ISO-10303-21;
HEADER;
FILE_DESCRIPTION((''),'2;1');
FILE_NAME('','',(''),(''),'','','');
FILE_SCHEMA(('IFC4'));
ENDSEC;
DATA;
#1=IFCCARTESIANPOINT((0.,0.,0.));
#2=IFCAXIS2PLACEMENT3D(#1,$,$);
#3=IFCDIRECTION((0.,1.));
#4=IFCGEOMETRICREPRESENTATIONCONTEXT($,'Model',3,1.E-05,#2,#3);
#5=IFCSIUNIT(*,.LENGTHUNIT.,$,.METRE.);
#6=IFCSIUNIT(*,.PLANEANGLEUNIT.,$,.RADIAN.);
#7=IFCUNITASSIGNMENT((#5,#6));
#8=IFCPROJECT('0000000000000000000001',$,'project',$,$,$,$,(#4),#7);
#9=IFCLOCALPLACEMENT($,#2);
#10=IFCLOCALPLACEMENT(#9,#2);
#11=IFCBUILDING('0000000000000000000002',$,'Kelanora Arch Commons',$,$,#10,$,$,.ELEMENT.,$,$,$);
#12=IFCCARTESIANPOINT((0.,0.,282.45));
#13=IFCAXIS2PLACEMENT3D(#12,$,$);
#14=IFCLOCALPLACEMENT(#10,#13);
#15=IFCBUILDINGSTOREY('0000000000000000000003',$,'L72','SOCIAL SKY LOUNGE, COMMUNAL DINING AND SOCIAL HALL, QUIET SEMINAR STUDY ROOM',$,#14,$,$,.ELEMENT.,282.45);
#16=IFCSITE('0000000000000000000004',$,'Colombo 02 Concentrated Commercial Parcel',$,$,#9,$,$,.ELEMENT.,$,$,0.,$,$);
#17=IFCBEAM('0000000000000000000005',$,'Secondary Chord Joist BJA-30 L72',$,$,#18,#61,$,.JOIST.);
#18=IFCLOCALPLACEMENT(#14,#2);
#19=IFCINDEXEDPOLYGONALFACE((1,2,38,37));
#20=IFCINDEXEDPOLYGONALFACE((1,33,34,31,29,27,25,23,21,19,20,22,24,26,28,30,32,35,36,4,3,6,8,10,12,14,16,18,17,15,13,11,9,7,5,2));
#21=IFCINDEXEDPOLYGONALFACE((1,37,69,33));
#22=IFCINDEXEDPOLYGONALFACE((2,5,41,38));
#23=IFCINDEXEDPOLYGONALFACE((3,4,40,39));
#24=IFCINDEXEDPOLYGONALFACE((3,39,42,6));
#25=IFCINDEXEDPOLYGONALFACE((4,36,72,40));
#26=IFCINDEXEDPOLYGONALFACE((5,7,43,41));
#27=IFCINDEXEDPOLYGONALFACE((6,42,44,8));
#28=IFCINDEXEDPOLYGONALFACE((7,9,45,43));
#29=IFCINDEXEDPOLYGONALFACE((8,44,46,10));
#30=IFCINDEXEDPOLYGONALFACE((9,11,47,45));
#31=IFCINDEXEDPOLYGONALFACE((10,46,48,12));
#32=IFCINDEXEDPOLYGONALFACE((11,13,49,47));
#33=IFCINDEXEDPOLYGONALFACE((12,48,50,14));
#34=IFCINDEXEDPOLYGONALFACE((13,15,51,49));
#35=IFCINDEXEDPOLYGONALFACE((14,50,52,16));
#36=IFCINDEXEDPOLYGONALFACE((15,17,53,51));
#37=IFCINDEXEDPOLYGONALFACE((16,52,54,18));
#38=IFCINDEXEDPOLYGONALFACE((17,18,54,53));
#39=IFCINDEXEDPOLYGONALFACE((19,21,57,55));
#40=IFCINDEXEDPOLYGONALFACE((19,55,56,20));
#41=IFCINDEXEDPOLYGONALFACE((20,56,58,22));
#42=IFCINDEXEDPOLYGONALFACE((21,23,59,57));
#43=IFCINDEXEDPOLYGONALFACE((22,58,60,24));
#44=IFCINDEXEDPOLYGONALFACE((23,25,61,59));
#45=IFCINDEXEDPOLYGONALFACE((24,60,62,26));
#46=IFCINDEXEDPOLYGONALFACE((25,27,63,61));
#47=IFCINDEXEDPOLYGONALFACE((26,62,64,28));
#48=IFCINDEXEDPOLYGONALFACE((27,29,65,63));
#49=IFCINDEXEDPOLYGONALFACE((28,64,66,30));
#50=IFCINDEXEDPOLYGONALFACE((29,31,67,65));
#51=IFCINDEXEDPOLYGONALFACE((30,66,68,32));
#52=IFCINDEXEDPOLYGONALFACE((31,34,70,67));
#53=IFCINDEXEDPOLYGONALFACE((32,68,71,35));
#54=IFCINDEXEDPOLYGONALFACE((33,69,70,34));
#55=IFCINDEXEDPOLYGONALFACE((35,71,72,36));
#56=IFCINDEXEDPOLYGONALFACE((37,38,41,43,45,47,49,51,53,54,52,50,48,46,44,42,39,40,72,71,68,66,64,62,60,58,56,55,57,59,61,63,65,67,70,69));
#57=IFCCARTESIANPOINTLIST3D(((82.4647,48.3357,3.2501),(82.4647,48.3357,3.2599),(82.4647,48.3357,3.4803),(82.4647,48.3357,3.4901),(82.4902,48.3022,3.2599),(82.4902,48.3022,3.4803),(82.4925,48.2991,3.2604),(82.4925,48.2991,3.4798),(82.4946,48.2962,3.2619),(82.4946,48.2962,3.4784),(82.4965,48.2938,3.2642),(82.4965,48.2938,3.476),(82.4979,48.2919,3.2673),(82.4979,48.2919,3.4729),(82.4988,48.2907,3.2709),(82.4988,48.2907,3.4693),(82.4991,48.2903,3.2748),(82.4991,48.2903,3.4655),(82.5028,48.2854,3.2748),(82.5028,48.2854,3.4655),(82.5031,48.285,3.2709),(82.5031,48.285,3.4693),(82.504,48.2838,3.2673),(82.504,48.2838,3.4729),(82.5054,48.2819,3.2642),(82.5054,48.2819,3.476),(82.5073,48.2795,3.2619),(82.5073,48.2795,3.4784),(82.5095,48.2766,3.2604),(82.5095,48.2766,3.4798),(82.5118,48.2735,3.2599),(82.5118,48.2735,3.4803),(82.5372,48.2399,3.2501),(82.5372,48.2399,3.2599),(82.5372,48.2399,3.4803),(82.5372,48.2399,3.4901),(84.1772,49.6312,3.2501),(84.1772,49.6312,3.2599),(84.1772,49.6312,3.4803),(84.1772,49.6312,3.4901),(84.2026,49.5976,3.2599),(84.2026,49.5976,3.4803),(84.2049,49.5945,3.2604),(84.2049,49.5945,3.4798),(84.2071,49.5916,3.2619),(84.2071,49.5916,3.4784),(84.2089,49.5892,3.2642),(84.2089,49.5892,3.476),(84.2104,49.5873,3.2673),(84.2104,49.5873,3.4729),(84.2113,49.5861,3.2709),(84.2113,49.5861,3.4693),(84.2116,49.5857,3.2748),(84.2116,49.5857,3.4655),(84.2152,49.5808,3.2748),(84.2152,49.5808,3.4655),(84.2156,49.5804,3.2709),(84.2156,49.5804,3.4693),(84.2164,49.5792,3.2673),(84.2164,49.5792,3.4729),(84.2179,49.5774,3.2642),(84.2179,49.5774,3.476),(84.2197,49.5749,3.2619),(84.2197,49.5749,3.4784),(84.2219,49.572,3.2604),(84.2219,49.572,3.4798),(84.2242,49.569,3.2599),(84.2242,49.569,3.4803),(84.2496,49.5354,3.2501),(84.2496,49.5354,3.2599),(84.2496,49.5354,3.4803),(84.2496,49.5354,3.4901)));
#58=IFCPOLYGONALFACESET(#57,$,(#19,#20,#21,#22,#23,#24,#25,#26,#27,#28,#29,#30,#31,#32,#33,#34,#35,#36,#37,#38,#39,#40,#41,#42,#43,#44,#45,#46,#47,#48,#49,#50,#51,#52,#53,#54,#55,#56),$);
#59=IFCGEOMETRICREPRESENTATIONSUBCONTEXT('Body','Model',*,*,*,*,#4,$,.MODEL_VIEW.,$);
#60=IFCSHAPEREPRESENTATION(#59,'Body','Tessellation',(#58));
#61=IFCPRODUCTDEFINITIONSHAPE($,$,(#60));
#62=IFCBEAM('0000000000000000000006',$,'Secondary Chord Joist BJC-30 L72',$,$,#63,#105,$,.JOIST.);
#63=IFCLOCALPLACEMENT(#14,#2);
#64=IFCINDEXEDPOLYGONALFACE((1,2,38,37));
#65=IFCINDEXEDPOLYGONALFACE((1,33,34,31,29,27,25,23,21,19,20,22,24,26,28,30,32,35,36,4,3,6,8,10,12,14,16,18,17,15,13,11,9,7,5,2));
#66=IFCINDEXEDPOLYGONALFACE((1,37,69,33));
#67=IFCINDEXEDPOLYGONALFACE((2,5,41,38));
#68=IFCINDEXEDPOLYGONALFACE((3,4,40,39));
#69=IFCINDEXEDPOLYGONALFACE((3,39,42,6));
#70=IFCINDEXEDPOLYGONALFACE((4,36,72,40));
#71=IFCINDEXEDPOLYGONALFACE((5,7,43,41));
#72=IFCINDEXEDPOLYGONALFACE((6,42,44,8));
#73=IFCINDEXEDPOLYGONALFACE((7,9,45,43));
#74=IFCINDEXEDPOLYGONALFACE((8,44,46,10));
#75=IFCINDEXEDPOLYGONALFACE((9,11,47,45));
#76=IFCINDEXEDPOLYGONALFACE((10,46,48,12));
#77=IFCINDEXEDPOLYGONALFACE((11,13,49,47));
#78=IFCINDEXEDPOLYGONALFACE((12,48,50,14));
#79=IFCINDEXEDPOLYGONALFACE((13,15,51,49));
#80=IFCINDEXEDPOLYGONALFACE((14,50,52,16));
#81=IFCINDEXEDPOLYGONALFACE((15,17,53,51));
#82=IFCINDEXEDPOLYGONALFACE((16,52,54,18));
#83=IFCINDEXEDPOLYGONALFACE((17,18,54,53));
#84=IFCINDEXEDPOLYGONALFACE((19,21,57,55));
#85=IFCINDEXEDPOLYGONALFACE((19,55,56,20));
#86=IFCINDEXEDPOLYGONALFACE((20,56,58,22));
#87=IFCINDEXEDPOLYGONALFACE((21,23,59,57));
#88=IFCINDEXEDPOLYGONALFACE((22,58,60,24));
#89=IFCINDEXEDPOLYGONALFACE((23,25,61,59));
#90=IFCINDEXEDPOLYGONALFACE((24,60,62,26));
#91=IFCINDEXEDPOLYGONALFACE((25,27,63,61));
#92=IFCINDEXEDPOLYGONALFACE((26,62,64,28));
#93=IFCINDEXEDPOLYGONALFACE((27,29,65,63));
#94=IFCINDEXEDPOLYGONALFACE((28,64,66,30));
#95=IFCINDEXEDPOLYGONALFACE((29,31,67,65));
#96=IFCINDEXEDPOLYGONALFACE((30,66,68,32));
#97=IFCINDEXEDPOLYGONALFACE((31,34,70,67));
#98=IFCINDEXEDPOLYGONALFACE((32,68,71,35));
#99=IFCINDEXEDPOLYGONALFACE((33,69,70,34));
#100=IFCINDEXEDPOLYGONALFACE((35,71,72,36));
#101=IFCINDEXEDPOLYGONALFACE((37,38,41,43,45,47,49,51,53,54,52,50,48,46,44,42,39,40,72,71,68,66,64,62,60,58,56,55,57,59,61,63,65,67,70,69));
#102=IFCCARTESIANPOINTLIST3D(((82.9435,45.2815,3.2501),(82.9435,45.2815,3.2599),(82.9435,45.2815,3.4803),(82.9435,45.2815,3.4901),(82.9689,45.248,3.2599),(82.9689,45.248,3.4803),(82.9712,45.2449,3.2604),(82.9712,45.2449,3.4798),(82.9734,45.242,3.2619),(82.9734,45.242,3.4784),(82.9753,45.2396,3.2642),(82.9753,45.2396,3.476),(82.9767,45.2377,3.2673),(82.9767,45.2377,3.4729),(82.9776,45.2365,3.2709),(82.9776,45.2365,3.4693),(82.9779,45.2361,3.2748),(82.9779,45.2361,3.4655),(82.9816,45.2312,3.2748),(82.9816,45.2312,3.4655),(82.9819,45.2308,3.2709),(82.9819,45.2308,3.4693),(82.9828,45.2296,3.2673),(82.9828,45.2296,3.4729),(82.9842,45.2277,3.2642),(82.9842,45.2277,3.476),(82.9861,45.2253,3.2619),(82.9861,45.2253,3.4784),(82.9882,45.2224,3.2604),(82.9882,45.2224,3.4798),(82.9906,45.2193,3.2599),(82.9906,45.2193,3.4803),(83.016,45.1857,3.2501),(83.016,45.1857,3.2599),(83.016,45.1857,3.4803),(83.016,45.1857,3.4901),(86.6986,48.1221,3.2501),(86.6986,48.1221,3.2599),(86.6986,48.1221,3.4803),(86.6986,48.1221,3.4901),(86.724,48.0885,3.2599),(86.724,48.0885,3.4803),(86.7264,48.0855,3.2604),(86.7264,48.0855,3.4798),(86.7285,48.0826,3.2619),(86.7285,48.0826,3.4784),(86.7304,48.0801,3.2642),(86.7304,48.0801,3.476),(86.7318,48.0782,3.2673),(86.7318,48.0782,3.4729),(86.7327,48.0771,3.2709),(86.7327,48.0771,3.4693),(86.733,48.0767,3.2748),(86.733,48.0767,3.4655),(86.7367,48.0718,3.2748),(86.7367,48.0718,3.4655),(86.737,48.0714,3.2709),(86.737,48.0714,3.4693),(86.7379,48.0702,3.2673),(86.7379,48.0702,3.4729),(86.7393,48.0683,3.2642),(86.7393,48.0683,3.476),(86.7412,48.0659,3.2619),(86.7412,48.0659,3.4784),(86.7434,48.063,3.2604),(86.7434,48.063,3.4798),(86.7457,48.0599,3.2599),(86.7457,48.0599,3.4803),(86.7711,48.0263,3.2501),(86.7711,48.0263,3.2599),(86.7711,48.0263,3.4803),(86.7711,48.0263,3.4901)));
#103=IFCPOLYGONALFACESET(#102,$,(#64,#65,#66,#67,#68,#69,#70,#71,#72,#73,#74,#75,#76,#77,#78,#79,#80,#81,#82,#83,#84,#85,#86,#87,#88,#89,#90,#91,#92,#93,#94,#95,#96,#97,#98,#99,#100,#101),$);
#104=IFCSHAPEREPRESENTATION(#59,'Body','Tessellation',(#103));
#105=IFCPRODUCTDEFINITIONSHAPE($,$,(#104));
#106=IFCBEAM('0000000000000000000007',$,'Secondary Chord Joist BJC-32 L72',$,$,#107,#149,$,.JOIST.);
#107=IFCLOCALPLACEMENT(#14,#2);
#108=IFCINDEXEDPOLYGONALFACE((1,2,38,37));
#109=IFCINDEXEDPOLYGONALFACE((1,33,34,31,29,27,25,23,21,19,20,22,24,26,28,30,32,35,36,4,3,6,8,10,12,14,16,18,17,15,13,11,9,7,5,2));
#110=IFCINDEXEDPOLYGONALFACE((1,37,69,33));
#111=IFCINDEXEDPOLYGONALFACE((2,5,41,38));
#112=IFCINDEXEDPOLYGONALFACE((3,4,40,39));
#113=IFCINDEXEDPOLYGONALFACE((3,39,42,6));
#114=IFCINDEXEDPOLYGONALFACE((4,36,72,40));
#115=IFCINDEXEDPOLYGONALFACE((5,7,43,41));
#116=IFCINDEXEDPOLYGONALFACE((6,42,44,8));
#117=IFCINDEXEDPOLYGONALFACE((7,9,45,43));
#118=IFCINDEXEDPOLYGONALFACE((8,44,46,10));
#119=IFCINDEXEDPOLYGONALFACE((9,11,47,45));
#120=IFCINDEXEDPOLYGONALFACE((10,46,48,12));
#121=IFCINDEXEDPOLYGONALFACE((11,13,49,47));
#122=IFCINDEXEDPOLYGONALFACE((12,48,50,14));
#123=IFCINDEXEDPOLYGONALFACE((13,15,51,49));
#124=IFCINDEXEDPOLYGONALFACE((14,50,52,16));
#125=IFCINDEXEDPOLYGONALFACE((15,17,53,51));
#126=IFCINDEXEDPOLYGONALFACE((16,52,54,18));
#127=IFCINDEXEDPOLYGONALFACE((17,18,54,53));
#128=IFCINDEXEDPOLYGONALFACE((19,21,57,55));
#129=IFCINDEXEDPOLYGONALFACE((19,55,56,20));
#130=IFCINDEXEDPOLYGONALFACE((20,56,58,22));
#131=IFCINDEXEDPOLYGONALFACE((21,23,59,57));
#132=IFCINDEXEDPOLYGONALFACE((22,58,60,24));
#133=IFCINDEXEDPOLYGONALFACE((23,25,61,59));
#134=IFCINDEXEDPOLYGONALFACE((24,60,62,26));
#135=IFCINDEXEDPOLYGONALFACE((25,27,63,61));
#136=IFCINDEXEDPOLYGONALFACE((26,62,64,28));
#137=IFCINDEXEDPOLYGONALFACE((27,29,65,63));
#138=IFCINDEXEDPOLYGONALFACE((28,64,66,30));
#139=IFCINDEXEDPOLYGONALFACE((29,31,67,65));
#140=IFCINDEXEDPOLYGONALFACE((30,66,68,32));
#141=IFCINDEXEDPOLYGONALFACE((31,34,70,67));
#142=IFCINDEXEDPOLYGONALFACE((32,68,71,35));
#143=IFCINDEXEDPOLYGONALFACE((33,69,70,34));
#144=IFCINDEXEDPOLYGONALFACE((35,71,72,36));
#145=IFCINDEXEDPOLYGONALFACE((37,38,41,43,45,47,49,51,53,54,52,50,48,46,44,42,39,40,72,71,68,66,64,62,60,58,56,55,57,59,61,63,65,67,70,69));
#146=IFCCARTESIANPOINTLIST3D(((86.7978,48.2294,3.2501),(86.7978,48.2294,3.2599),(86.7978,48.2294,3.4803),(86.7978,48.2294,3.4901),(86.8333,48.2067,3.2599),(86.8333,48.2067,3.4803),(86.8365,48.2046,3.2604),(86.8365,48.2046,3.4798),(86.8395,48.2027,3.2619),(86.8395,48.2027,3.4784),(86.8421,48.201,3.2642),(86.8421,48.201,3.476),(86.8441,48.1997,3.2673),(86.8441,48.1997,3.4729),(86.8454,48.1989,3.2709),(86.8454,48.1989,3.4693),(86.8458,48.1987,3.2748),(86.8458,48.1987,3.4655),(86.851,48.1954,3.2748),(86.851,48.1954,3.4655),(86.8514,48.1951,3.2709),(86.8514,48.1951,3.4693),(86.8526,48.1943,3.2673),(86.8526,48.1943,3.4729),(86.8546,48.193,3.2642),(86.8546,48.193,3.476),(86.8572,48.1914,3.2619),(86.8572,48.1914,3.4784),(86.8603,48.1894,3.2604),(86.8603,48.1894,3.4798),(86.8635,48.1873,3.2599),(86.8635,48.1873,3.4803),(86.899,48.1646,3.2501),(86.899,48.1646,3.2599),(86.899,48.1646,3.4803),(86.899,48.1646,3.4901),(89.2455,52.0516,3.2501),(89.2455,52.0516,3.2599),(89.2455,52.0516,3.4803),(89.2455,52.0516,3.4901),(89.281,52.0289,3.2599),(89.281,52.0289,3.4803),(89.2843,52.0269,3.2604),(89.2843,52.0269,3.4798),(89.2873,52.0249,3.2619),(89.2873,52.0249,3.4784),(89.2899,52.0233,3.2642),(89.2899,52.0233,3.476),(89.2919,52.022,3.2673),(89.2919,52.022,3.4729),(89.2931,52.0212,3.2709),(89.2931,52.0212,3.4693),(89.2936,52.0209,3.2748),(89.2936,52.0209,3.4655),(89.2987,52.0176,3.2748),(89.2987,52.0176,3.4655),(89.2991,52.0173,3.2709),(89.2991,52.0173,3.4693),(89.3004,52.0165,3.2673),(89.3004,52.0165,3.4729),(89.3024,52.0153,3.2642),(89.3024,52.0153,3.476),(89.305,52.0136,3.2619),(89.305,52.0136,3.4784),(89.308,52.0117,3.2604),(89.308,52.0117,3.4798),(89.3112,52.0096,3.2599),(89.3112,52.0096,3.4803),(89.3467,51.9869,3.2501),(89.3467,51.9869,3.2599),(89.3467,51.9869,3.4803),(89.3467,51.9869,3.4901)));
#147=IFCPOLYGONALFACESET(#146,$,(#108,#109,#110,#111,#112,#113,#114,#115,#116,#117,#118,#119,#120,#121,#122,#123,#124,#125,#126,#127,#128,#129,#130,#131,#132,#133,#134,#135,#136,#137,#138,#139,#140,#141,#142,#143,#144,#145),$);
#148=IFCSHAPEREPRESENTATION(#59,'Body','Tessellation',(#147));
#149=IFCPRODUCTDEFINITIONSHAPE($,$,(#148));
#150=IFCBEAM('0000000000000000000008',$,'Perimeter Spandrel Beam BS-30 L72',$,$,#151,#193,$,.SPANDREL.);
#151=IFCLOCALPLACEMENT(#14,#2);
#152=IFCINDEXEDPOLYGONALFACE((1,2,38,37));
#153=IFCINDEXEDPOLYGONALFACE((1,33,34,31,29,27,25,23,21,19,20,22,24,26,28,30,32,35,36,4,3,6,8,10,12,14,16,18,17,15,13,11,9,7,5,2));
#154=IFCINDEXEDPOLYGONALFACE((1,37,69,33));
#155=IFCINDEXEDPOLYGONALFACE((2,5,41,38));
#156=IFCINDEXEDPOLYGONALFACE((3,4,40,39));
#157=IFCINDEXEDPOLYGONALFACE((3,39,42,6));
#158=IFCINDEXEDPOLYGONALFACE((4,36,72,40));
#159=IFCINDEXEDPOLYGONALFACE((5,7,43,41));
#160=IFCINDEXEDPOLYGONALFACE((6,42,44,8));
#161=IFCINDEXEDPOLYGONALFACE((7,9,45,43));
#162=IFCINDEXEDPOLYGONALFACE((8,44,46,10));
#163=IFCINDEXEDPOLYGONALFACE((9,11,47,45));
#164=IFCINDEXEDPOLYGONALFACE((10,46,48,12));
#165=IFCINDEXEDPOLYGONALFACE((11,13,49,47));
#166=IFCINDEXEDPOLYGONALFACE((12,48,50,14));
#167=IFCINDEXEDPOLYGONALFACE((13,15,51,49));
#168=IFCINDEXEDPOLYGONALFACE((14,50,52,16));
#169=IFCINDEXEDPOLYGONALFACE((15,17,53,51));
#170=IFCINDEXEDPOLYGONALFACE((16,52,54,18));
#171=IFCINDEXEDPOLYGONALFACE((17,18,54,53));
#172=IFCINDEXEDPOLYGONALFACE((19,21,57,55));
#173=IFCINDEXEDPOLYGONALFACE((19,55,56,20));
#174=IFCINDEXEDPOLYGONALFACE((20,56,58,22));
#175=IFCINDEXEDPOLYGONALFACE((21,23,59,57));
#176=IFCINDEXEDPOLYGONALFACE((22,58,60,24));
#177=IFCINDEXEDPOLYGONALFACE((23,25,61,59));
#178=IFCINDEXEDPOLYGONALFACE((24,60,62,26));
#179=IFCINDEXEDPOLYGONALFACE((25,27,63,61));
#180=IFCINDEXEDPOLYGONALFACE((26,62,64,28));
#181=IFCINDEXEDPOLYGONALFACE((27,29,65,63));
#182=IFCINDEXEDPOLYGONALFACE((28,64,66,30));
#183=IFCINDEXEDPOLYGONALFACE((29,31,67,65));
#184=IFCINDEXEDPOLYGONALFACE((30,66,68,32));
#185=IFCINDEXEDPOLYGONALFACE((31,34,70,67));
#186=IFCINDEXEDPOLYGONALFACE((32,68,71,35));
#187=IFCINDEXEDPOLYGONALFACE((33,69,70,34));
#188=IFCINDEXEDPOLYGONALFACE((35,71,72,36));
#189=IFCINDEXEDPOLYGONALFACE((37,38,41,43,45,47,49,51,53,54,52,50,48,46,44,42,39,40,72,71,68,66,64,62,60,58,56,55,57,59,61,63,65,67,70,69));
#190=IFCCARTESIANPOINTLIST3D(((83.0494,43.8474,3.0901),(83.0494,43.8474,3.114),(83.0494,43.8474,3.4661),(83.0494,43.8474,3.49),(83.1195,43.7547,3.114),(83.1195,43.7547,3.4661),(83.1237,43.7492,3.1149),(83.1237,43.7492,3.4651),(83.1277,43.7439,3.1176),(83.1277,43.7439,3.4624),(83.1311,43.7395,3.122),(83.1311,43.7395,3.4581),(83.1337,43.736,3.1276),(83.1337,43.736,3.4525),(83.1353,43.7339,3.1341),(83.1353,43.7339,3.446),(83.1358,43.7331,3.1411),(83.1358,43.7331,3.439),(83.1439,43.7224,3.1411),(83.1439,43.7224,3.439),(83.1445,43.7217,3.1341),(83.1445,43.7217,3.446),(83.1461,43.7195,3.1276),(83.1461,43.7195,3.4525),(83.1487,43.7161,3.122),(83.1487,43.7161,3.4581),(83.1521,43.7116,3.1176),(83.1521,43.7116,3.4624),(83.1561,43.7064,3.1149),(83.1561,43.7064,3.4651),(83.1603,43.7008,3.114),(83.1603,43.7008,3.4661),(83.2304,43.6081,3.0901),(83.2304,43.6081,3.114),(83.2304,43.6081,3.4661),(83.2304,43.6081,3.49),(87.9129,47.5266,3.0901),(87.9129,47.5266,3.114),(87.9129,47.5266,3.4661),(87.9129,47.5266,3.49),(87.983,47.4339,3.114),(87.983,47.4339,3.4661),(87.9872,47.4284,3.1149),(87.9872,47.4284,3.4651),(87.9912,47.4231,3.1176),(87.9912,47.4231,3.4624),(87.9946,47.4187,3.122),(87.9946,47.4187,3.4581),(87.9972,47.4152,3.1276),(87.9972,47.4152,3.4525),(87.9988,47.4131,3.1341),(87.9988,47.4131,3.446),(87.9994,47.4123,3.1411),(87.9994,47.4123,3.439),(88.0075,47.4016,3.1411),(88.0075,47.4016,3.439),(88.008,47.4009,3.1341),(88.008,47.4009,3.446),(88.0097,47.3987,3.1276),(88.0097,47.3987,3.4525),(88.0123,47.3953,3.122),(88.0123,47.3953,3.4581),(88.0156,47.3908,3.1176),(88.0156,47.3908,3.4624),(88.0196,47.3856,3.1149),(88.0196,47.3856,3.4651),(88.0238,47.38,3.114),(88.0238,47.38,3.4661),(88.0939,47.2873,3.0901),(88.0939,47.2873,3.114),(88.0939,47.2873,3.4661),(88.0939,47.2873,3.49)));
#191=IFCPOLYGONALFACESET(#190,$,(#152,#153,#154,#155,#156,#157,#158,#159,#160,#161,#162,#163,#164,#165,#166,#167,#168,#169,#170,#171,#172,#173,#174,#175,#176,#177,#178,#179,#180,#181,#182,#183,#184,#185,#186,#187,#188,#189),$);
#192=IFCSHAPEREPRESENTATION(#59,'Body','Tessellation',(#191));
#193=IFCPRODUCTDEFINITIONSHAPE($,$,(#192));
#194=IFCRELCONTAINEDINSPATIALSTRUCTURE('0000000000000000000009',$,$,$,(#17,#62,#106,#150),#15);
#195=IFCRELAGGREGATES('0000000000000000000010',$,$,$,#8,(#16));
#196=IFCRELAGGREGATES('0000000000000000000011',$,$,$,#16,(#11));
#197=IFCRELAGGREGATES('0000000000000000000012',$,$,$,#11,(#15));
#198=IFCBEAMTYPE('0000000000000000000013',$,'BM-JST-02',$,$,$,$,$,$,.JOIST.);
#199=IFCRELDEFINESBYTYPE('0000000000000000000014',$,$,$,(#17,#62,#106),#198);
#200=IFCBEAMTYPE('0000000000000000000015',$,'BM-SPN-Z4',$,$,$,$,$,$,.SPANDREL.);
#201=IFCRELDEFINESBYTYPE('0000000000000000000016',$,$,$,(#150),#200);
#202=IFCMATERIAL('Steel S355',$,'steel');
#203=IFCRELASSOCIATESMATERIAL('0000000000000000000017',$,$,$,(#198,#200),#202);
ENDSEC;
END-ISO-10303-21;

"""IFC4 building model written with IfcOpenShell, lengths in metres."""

from ifc_helpers import new_model, si_unit, direction, frame, origin, origin_2d, place, context, subcontext, project, spatial, i_section, extrude, material, material_profile, profile_set, type_object, element, save


model = new_model("IFC4")

# Units and contexts
model_context = context("Model", 3, precision=1e-05, world=origin(), true_north=direction((0.0, 1.0)))
body_context = subcontext(model_context, "Body", "Model", "MODEL_VIEW")
ifc_project = project(units=[si_unit("LENGTHUNIT", "METRE"), si_unit("PLANEANGLEUNIT", "RADIAN")], contexts=[model_context])

# Site, building, storey
site_placement = place(None, origin())
site = spatial("IfcSite", under=ifc_project, at=site_placement, Name="Colombo 02 Concentrated Commercial Parcel", CompositionType="ELEMENT", RefElevation=0.0)
building_placement = place(site_placement, origin())
building = spatial("IfcBuilding", under=site, at=building_placement, Name="Kelanora Arch Commons", CompositionType="ELEMENT")
storey_placement = place(building_placement, frame((0.0, 0.0, 282.45)))
storey = spatial("IfcBuildingStorey", under=building, at=storey_placement, Name="L72", Description="SOCIAL SKY LOUNGE, COMMUNAL DINING AND SOCIAL HALL, QUIET SEMINAR STUDY ROOM", CompositionType="ELEMENT", Elevation=282.45)

# Beams
ifc_material_1 = material(Name="Steel S355", Category="steel")
ifc_material_profile_1 = material_profile(ifc_material_1, i_section(OverallWidth=0.1201, OverallDepth=0.24, WebThickness=0.0061, FlangeThickness=0.0098, FilletRadius=0.0149, at=origin_2d()), Name="IPE240")
ifc_profile_set_1 = profile_set([ifc_material_profile_1], Name="Steel S355")
beam_type_1 = type_object("IfcBeamType", Name="BM-JST-02", PredefinedType="JOIST", material=ifc_profile_set_1)
beam_1_placement = place(storey_placement, frame((82.501, 48.2878, 3.3701), z_axis=(0.79751, 0.603306, 0.0), x_axis=(-0.603306, 0.79751, 0.0)))
element("IfcBeam", 1, at=beam_1_placement, inside=storey, type_object=beam_type_1, Name="Secondary Chord Joist BJA-30 L72", PredefinedType="JOIST", context=body_context, shape_type="SweptSolid", body=[
    extrude(i_section(OverallWidth=0.1201, OverallDepth=0.24, WebThickness=0.0061, FlangeThickness=0.0098, FilletRadius=0.0149, at=origin_2d()), origin(), (0.0, 0.0, 1.0), 2.1472),
])
beam_2_placement = place(storey_placement, frame((82.9797, 45.2336, 3.3701), z_axis=(0.797523, 0.603289, 0.0), x_axis=(-0.603289, 0.797523, 0.0)))
element("IfcBeam", 2, at=beam_2_placement, inside=storey, type_object=beam_type_1, Name="Secondary Chord Joist BJC-30 L72", PredefinedType="JOIST", context=body_context, shape_type="SweptSolid", body=[
    extrude(i_section(OverallWidth=0.1201, OverallDepth=0.24, WebThickness=0.0061, FlangeThickness=0.0098, FilletRadius=0.0149, at=origin_2d()), origin(), (0.0, 0.0, 1.0), 4.7085),
])
beam_3_placement = place(storey_placement, frame((86.8484, 48.197, 3.3701), z_axis=(0.539289, 0.842121, 0.0), x_axis=(-0.842121, 0.539289, 0.0)))
element("IfcBeam", 3, at=beam_3_placement, inside=storey, type_object=beam_type_1, Name="Secondary Chord Joist BJC-32 L72", PredefinedType="JOIST", context=body_context, shape_type="SweptSolid", body=[
    extrude(i_section(OverallWidth=0.1201, OverallDepth=0.24, WebThickness=0.0061, FlangeThickness=0.0098, FilletRadius=0.0149, at=origin_2d()), origin(), (0.0, 0.0, 1.0), 4.5388),
])
ifc_material_profile_2 = material_profile(ifc_material_1, i_section(OverallWidth=0.3, OverallDepth=0.3999, WebThickness=0.0134, FlangeThickness=0.0239, FilletRadius=0.0271, at=origin_2d()), Name="HEB400")
ifc_profile_set_2 = profile_set([ifc_material_profile_2], Name="Steel S355")
beam_type_2 = type_object("IfcBeamType", Name="BM-SPN-Z4", PredefinedType="SPANDREL", material=ifc_profile_set_2)
beam_4_placement = place(storey_placement, frame((83.1399, 43.7278, 3.29), z_axis=(0.797509, 0.603306, 0.0), x_axis=(-0.603306, 0.797509, 0.0)))
element("IfcBeam", 4, at=beam_4_placement, inside=storey, type_object=beam_type_2, Name="Perimeter Spandrel Beam BS-30 L72", PredefinedType="SPANDREL", context=body_context, shape_type="SweptSolid", body=[
    extrude(i_section(OverallWidth=0.3, OverallDepth=0.3999, WebThickness=0.0134, FlangeThickness=0.0239, FilletRadius=0.0271, at=origin_2d()), origin(), (0.0, 0.0, 1.0), 6.0984),
])

save(model, "model.ifc")
